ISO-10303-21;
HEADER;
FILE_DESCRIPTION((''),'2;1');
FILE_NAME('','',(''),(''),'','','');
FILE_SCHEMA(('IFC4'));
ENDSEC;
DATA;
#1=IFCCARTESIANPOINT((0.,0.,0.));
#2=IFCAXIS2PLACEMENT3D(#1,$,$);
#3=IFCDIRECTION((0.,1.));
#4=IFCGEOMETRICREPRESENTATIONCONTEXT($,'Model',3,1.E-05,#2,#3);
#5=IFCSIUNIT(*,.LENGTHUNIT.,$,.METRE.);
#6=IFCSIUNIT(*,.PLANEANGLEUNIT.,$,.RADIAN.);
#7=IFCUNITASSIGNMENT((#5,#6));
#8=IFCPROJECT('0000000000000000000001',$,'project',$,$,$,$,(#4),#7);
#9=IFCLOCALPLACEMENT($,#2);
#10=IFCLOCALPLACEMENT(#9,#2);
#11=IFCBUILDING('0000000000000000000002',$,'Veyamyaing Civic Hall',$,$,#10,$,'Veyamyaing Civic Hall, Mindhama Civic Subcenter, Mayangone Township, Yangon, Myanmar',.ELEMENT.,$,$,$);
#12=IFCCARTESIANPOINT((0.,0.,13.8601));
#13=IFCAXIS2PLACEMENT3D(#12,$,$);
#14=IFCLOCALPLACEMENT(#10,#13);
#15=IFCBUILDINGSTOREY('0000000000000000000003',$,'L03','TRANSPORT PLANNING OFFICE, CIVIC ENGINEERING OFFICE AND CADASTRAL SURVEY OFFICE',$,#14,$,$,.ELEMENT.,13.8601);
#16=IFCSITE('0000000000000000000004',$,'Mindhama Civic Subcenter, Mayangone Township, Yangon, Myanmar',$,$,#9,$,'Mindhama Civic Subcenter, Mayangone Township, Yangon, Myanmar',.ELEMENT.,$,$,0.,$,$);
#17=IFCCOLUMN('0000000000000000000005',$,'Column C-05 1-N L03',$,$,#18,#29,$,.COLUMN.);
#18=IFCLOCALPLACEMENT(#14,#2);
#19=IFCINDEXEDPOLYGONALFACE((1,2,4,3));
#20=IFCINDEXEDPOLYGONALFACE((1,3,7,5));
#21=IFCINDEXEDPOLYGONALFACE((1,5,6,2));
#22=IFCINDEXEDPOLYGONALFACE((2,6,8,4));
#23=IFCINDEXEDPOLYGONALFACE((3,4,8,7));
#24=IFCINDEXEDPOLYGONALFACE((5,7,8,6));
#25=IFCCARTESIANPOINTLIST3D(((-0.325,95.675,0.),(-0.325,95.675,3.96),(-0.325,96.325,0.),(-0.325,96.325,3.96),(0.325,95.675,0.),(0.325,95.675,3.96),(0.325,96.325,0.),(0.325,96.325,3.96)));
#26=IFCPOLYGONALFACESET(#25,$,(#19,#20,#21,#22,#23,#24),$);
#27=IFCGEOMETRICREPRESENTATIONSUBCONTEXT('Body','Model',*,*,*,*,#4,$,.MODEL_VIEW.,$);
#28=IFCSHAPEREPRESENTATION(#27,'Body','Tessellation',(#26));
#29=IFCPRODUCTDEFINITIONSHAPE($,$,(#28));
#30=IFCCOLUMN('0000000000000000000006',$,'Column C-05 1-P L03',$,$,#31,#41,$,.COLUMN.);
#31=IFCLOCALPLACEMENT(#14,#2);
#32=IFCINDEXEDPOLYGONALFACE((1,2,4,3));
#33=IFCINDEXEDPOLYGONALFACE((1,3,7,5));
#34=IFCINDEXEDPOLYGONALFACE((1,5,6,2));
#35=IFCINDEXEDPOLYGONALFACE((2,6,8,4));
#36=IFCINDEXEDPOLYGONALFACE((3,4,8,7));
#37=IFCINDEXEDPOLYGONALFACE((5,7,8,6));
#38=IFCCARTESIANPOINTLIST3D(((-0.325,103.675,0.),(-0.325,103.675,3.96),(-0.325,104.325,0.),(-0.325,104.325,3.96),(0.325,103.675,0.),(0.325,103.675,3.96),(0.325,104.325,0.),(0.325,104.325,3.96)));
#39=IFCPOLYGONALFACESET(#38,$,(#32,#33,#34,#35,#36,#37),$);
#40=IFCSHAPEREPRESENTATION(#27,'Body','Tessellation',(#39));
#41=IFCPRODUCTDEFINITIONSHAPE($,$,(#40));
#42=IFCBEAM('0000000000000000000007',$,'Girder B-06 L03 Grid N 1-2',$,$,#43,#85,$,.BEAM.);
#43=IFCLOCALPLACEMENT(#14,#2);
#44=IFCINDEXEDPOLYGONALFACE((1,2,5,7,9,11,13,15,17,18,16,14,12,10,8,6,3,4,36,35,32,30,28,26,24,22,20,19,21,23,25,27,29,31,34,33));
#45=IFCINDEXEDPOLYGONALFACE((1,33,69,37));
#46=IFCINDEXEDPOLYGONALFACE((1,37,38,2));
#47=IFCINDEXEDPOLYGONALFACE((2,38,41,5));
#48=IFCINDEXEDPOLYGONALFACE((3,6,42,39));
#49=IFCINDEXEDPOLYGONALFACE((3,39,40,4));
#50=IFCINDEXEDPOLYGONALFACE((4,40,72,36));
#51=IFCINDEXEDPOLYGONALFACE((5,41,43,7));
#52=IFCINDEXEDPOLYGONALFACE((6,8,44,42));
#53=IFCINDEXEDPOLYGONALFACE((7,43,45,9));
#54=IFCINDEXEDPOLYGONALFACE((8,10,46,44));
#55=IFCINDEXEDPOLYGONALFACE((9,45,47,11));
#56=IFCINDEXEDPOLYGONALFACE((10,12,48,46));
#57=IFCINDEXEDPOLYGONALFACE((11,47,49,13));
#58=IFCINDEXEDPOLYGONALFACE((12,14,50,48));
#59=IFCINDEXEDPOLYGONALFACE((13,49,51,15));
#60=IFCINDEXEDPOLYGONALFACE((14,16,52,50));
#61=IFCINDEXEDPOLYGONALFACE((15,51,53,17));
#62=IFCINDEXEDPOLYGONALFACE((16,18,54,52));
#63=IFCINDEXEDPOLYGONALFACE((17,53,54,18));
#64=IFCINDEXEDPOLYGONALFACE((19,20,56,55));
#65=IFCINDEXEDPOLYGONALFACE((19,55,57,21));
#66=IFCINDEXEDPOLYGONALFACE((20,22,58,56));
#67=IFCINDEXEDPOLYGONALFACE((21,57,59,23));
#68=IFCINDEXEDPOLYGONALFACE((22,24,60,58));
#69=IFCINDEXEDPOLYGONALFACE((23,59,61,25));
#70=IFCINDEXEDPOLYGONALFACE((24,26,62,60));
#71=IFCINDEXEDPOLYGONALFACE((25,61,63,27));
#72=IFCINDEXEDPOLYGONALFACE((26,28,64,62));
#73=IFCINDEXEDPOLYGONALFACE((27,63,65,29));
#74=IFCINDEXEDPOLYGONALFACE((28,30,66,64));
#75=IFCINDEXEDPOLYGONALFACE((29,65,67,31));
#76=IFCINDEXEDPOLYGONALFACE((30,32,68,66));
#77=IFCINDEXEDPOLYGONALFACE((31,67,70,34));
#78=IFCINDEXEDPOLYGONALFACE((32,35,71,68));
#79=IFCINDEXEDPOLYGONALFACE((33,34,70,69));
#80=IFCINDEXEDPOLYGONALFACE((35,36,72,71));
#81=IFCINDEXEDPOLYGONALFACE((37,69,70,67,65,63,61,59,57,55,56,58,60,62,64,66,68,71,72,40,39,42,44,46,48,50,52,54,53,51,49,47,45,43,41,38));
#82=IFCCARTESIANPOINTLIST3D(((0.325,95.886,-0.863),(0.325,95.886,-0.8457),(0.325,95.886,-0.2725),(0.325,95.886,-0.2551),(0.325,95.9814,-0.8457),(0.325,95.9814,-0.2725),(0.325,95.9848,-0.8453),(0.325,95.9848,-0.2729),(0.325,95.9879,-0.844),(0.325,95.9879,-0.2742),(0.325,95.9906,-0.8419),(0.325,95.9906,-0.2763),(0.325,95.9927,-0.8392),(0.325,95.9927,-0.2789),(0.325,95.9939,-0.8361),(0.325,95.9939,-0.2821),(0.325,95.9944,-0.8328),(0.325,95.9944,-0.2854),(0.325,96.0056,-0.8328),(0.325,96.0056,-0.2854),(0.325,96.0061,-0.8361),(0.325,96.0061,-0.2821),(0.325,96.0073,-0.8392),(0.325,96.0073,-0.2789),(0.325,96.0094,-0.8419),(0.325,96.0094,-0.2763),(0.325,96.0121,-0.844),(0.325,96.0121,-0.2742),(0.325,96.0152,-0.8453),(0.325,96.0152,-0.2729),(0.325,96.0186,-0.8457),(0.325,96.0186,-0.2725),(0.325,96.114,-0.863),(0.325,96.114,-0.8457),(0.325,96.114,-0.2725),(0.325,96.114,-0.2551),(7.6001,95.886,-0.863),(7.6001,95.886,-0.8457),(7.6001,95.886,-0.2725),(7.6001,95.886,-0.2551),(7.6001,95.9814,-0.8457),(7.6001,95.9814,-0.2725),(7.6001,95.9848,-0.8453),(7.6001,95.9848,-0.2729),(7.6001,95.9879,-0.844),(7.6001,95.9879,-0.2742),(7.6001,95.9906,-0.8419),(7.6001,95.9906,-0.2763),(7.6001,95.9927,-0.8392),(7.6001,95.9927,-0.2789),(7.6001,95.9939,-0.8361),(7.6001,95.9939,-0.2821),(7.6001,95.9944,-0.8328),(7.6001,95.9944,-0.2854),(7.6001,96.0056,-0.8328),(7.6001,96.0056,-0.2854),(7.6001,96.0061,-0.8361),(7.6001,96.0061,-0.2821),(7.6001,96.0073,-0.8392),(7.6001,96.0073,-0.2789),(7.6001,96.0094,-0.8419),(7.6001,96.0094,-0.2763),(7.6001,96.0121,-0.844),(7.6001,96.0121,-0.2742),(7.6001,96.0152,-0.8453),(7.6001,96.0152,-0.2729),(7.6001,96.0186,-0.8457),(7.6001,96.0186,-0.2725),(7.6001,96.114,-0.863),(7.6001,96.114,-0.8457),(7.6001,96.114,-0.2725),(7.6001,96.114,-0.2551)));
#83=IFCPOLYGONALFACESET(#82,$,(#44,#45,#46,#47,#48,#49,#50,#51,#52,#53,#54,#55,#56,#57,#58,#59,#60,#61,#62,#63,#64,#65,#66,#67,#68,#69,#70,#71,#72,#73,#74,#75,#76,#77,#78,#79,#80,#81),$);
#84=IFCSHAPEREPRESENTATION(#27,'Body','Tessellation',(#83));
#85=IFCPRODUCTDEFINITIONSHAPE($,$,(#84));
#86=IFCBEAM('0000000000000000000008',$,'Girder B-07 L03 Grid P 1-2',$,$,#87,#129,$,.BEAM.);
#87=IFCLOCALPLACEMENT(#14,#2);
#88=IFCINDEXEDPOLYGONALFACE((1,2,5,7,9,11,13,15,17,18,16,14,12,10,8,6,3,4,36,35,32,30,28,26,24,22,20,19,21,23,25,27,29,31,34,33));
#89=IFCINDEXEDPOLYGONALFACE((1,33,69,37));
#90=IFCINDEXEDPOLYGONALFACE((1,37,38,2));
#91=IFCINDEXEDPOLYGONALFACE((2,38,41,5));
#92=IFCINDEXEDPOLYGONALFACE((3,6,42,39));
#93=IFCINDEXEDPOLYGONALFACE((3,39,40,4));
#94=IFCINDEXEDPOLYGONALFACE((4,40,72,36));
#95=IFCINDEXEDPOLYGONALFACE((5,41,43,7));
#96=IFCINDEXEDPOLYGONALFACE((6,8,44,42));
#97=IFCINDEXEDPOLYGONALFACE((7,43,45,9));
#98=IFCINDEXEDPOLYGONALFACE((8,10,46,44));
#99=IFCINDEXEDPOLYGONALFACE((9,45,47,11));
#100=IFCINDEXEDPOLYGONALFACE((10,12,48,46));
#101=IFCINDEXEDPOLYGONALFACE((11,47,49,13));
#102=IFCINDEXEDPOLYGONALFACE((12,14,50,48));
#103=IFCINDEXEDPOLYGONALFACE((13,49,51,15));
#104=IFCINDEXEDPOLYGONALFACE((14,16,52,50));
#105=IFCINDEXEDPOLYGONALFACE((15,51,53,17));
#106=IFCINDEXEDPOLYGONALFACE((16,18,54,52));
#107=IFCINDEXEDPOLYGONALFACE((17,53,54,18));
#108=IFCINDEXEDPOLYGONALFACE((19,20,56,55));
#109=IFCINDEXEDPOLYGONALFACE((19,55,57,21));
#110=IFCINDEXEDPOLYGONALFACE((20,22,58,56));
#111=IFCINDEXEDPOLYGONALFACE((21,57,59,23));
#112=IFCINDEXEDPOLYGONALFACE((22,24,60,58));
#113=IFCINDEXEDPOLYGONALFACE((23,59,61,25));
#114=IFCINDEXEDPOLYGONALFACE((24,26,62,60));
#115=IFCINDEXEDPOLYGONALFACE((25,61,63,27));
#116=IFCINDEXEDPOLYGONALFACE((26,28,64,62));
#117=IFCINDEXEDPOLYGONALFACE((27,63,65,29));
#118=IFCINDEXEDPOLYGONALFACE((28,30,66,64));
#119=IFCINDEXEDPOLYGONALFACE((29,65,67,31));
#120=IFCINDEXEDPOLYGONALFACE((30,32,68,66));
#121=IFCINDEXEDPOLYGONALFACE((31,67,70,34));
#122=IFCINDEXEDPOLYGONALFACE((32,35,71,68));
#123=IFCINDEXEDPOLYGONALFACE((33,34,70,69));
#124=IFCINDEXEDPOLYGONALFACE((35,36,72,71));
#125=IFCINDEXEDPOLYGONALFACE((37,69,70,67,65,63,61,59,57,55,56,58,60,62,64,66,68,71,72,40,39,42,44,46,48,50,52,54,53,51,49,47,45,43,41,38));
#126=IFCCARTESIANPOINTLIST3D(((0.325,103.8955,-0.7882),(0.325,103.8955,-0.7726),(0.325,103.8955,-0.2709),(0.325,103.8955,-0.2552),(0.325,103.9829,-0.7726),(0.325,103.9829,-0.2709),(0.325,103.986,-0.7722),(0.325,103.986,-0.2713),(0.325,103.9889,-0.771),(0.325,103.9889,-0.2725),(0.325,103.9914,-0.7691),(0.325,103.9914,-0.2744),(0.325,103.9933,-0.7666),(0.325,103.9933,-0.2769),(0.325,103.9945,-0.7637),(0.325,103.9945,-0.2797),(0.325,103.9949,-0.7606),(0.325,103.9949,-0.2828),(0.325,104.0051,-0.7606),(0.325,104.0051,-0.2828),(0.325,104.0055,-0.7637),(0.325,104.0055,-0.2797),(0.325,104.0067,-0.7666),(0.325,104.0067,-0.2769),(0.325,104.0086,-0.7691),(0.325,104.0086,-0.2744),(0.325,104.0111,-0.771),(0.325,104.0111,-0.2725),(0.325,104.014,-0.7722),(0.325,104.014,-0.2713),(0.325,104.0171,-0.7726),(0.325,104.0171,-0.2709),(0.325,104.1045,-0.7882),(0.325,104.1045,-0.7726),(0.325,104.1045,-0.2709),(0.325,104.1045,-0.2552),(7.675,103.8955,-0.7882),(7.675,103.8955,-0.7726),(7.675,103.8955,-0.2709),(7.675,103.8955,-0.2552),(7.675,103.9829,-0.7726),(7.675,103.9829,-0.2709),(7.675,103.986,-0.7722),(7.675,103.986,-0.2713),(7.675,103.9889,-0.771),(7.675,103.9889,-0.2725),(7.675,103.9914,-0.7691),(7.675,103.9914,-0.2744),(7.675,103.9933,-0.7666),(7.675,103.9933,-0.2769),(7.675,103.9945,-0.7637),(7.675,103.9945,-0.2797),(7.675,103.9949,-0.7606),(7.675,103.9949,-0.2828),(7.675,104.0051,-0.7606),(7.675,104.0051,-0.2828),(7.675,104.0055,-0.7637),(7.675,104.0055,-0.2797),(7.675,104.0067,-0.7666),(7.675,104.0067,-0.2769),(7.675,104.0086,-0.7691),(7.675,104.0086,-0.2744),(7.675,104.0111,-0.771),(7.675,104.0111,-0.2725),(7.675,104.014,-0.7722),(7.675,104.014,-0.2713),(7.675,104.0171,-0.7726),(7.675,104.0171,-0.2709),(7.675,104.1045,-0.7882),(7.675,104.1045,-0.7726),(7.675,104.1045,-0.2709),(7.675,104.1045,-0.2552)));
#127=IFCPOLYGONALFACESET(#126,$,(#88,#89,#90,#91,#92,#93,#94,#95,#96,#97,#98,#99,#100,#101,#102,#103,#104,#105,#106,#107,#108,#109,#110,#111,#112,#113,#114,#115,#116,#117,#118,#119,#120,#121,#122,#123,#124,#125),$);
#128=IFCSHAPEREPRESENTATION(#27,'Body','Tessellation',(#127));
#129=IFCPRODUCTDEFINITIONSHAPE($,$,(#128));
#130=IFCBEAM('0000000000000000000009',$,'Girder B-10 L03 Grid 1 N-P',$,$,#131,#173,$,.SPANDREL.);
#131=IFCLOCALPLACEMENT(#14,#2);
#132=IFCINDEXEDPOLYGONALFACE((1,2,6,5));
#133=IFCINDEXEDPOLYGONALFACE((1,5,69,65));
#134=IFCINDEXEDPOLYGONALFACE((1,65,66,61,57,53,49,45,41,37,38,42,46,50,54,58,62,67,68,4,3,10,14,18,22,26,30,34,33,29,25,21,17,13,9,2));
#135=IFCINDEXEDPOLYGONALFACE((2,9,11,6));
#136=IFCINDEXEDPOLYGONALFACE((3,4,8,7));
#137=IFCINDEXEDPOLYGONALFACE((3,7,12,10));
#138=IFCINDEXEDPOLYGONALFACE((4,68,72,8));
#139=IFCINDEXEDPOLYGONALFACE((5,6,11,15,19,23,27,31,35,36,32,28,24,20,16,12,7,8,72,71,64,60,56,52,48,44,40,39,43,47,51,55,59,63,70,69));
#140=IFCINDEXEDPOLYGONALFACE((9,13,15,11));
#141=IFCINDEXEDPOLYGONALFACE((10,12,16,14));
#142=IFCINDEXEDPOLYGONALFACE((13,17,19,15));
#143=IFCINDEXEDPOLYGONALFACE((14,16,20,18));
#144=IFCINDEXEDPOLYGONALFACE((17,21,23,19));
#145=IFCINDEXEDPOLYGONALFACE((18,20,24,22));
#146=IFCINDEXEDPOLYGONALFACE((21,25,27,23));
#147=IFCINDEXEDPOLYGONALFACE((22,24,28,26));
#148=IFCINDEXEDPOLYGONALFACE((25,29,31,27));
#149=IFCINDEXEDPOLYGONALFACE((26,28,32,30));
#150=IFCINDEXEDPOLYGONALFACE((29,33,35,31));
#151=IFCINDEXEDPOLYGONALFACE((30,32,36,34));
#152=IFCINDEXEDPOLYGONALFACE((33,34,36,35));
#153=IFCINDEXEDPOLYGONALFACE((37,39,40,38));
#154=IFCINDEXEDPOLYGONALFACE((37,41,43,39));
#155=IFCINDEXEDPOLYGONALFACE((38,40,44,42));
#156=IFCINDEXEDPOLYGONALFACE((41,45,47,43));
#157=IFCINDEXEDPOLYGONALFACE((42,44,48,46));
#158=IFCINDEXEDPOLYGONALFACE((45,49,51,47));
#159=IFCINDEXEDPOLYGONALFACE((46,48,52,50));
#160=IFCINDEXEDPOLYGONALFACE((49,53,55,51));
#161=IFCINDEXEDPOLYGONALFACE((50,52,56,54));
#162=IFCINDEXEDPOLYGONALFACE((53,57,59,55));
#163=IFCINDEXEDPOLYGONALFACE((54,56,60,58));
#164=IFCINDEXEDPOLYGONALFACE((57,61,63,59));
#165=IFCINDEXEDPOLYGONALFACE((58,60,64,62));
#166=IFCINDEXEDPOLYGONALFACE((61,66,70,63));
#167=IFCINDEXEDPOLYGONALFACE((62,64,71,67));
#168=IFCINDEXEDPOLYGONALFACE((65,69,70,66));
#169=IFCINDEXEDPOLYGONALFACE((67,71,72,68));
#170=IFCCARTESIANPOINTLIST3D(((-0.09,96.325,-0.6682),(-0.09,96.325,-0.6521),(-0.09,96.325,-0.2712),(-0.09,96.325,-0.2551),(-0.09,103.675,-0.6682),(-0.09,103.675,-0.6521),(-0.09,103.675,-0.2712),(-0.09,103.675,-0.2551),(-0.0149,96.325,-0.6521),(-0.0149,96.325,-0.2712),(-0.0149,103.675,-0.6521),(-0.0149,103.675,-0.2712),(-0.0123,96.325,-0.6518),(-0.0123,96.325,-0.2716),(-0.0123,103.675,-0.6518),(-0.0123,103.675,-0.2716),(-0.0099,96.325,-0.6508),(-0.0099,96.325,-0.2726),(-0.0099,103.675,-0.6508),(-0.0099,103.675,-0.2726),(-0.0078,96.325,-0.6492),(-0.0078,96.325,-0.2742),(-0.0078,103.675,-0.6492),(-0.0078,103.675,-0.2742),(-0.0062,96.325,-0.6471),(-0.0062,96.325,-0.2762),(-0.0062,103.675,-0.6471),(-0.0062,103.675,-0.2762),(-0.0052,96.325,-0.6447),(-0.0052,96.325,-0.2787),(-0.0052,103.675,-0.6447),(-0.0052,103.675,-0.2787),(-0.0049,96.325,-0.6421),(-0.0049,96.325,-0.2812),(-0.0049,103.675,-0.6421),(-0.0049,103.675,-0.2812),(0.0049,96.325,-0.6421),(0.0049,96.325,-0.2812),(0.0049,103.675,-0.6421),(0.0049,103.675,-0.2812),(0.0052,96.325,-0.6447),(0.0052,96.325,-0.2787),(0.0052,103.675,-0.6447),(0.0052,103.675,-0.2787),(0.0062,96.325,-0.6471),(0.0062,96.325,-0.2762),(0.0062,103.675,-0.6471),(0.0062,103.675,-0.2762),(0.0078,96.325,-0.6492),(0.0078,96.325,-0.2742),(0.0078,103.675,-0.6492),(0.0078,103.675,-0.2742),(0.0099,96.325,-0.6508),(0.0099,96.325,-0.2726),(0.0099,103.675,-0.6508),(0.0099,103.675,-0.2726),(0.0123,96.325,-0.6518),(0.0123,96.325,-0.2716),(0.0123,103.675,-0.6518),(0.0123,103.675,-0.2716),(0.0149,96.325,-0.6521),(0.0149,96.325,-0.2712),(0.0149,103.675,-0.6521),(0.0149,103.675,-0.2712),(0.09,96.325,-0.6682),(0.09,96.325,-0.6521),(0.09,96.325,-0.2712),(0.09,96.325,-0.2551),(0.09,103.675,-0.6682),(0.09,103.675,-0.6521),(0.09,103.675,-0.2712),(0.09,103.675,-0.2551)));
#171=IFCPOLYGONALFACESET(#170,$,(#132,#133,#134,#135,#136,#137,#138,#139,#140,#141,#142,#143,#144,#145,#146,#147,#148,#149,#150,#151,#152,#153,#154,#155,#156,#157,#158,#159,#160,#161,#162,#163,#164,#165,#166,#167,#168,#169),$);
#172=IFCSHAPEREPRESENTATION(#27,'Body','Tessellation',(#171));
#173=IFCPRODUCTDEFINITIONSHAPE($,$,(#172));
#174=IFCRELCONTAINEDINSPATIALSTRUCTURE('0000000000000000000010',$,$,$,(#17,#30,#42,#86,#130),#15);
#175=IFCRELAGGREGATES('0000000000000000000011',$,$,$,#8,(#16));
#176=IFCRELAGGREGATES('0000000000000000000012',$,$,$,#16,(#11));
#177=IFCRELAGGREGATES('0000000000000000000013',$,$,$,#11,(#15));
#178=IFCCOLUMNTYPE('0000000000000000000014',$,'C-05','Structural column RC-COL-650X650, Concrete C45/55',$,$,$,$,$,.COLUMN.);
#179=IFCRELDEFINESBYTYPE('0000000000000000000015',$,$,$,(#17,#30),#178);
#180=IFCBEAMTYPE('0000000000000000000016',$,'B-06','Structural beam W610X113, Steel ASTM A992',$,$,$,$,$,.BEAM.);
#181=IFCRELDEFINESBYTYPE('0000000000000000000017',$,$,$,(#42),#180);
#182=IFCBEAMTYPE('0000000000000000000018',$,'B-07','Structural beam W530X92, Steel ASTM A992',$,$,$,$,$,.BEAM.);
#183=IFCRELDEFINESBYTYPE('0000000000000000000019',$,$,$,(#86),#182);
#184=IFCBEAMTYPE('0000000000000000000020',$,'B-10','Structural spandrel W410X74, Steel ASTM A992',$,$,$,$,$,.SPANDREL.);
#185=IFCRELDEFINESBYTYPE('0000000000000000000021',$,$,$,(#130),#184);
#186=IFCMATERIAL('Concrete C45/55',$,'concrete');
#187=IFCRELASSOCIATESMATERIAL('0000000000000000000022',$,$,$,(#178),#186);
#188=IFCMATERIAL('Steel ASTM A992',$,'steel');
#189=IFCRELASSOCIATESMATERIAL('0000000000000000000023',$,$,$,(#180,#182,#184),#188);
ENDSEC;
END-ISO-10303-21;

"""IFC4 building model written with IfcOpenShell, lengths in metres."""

from ifc_helpers import new_model, si_unit, direction, frame, origin, origin_2d, place, context, subcontext, project, spatial, rectangle, i_section, extrude, material, material_profile, profile_set, type_object, element, save


model = new_model("IFC4")

# Units and contexts
model_context = context("Model", 3, precision=1e-05, world=origin(), true_north=direction((0.0, 1.0)))
body_context = subcontext(model_context, "Body", "Model", "MODEL_VIEW")
ifc_project = project(units=[si_unit("LENGTHUNIT", "METRE"), si_unit("PLANEANGLEUNIT", "RADIAN")], contexts=[model_context])

# Site, building, storey
site_placement = place(None, origin())
site = spatial("IfcSite", under=ifc_project, at=site_placement, Name="Mindhama Civic Subcenter, Mayangone Township, Yangon, Myanmar", LongName="Mindhama Civic Subcenter, Mayangone Township, Yangon, Myanmar", CompositionType="ELEMENT", RefElevation=0.0)
building_placement = place(site_placement, origin())
building = spatial("IfcBuilding", under=site, at=building_placement, Name="Veyamyaing Civic Hall", LongName="Veyamyaing Civic Hall, Mindhama Civic Subcenter, Mayangone Township, Yangon, Myanmar", CompositionType="ELEMENT")
storey_placement = place(building_placement, frame((0.0, 0.0, 13.8601)))
storey = spatial("IfcBuildingStorey", under=building, at=storey_placement, Name="L03", Description="TRANSPORT PLANNING OFFICE, CIVIC ENGINEERING OFFICE AND CADASTRAL SURVEY OFFICE", CompositionType="ELEMENT", Elevation=13.8601)

# Columns
ifc_material_1 = material(Name="Concrete C45/55", Category="concrete")
ifc_material_profile_1 = material_profile(ifc_material_1, rectangle(XDim=0.6499, YDim=0.6499, at=origin_2d()), Name="RC-COL-650X650")
ifc_profile_set_1 = profile_set([ifc_material_profile_1], Name="Concrete C45/55")
column_type = type_object("IfcColumnType", Name="C-05", Description="Structural column RC-COL-650X650, Concrete C45/55", PredefinedType="COLUMN", material=ifc_profile_set_1)
for number, where, z_axis, x_axis, name in (
    (1, (0.0, 96.0, 0.0), (0.0, 0.0, 1.0), (1.0, 0.0, 0.0), "Column C-05 1-N L03"),
    (2, (0.0, 104.0, 0.0), (0.0, 0.0, 1.0), (1.0, 0.0, 0.0), "Column C-05 1-P L03"),
):
    element("IfcColumn", number, at=place(storey_placement, frame(where, z_axis=z_axis, x_axis=x_axis)), inside=storey, type_object=column_type, Name=name, PredefinedType="COLUMN", context=body_context, shape_type="SweptSolid", body=[
        extrude(rectangle(XDim=0.6499, YDim=0.6499, at=origin_2d()), origin(), (0.0, 0.0, 1.0), 3.96),
    ])

# Beams
ifc_material_2 = material(Name="Steel ASTM A992", Category="steel")
ifc_material_profile_2 = material_profile(ifc_material_2, i_section(OverallWidth=0.228, OverallDepth=0.6079, WebThickness=0.0112, FlangeThickness=0.0173, FilletRadius=0.0129, at=origin_2d()), Name="W610X113")
ifc_profile_set_2 = profile_set([ifc_material_profile_2], Name="Steel ASTM A992")
beam_type_1 = type_object("IfcBeamType", Name="B-06", Description="Structural beam W610X113, Steel ASTM A992", PredefinedType="BEAM", material=ifc_profile_set_2)
beam_1_placement = place(storey_placement, frame((0.325, 96.0, -0.5591), z_axis=(1.0, 0.0, 0.0), x_axis=(0.0, 1.0, 0.0)))
element("IfcBeam", 3, at=beam_1_placement, inside=storey, type_object=beam_type_1, Name="Girder B-06 L03 Grid N 1-2", PredefinedType="BEAM", context=body_context, shape_type="SweptSolid", body=[
    extrude(i_section(OverallWidth=0.228, OverallDepth=0.6079, WebThickness=0.0112, FlangeThickness=0.0173, FilletRadius=0.0129, at=origin_2d()), origin(), (0.0, 0.0, 1.0), 7.2751),
])
ifc_material_profile_3 = material_profile(ifc_material_2, i_section(OverallWidth=0.209, OverallDepth=0.533, WebThickness=0.0103, FlangeThickness=0.0156, FilletRadius=0.012, at=origin_2d()), Name="W530X92")
ifc_profile_set_3 = profile_set([ifc_material_profile_3], Name="Steel ASTM A992")
beam_type_2 = type_object("IfcBeamType", Name="B-07", Description="Structural beam W530X92, Steel ASTM A992", PredefinedType="BEAM", material=ifc_profile_set_3)
beam_2_placement = place(storey_placement, frame((0.325, 104.0, -0.5217), z_axis=(1.0, 0.0, 0.0), x_axis=(0.0, 1.0, 0.0)))
element("IfcBeam", 4, at=beam_2_placement, inside=storey, type_object=beam_type_2, Name="Girder B-07 L03 Grid P 1-2", PredefinedType="BEAM", context=body_context, shape_type="SweptSolid", body=[
    extrude(i_section(OverallWidth=0.209, OverallDepth=0.533, WebThickness=0.0103, FlangeThickness=0.0156, FilletRadius=0.012, at=origin_2d()), origin(), (0.0, 0.0, 1.0), 7.3501),
])
ifc_material_profile_4 = material_profile(ifc_material_2, i_section(OverallWidth=0.1799, OverallDepth=0.4131, WebThickness=0.0098, FlangeThickness=0.0161, FilletRadius=0.01, at=origin_2d()), Name="W410X74")
ifc_profile_set_4 = profile_set([ifc_material_profile_4], Name="Steel ASTM A992")
beam_type_3 = type_object("IfcBeamType", Name="B-10", Description="Structural spandrel W410X74, Steel ASTM A992", PredefinedType="SPANDREL", material=ifc_profile_set_4)
beam_3_placement = place(storey_placement, frame((0.0, 96.325, -0.4617), z_axis=(0.0, 1.0, 0.0), x_axis=(-1.0, 0.0, 0.0)))
element("IfcBeam", 5, at=beam_3_placement, inside=storey, type_object=beam_type_3, Name="Girder B-10 L03 Grid 1 N-P", PredefinedType="SPANDREL", context=body_context, shape_type="SweptSolid", body=[
    extrude(i_section(OverallWidth=0.1799, OverallDepth=0.4131, WebThickness=0.0098, FlangeThickness=0.0161, FilletRadius=0.01, at=origin_2d()), origin(), (0.0, 0.0, 1.0), 7.3501),
])

save(model, "model.ifc")
